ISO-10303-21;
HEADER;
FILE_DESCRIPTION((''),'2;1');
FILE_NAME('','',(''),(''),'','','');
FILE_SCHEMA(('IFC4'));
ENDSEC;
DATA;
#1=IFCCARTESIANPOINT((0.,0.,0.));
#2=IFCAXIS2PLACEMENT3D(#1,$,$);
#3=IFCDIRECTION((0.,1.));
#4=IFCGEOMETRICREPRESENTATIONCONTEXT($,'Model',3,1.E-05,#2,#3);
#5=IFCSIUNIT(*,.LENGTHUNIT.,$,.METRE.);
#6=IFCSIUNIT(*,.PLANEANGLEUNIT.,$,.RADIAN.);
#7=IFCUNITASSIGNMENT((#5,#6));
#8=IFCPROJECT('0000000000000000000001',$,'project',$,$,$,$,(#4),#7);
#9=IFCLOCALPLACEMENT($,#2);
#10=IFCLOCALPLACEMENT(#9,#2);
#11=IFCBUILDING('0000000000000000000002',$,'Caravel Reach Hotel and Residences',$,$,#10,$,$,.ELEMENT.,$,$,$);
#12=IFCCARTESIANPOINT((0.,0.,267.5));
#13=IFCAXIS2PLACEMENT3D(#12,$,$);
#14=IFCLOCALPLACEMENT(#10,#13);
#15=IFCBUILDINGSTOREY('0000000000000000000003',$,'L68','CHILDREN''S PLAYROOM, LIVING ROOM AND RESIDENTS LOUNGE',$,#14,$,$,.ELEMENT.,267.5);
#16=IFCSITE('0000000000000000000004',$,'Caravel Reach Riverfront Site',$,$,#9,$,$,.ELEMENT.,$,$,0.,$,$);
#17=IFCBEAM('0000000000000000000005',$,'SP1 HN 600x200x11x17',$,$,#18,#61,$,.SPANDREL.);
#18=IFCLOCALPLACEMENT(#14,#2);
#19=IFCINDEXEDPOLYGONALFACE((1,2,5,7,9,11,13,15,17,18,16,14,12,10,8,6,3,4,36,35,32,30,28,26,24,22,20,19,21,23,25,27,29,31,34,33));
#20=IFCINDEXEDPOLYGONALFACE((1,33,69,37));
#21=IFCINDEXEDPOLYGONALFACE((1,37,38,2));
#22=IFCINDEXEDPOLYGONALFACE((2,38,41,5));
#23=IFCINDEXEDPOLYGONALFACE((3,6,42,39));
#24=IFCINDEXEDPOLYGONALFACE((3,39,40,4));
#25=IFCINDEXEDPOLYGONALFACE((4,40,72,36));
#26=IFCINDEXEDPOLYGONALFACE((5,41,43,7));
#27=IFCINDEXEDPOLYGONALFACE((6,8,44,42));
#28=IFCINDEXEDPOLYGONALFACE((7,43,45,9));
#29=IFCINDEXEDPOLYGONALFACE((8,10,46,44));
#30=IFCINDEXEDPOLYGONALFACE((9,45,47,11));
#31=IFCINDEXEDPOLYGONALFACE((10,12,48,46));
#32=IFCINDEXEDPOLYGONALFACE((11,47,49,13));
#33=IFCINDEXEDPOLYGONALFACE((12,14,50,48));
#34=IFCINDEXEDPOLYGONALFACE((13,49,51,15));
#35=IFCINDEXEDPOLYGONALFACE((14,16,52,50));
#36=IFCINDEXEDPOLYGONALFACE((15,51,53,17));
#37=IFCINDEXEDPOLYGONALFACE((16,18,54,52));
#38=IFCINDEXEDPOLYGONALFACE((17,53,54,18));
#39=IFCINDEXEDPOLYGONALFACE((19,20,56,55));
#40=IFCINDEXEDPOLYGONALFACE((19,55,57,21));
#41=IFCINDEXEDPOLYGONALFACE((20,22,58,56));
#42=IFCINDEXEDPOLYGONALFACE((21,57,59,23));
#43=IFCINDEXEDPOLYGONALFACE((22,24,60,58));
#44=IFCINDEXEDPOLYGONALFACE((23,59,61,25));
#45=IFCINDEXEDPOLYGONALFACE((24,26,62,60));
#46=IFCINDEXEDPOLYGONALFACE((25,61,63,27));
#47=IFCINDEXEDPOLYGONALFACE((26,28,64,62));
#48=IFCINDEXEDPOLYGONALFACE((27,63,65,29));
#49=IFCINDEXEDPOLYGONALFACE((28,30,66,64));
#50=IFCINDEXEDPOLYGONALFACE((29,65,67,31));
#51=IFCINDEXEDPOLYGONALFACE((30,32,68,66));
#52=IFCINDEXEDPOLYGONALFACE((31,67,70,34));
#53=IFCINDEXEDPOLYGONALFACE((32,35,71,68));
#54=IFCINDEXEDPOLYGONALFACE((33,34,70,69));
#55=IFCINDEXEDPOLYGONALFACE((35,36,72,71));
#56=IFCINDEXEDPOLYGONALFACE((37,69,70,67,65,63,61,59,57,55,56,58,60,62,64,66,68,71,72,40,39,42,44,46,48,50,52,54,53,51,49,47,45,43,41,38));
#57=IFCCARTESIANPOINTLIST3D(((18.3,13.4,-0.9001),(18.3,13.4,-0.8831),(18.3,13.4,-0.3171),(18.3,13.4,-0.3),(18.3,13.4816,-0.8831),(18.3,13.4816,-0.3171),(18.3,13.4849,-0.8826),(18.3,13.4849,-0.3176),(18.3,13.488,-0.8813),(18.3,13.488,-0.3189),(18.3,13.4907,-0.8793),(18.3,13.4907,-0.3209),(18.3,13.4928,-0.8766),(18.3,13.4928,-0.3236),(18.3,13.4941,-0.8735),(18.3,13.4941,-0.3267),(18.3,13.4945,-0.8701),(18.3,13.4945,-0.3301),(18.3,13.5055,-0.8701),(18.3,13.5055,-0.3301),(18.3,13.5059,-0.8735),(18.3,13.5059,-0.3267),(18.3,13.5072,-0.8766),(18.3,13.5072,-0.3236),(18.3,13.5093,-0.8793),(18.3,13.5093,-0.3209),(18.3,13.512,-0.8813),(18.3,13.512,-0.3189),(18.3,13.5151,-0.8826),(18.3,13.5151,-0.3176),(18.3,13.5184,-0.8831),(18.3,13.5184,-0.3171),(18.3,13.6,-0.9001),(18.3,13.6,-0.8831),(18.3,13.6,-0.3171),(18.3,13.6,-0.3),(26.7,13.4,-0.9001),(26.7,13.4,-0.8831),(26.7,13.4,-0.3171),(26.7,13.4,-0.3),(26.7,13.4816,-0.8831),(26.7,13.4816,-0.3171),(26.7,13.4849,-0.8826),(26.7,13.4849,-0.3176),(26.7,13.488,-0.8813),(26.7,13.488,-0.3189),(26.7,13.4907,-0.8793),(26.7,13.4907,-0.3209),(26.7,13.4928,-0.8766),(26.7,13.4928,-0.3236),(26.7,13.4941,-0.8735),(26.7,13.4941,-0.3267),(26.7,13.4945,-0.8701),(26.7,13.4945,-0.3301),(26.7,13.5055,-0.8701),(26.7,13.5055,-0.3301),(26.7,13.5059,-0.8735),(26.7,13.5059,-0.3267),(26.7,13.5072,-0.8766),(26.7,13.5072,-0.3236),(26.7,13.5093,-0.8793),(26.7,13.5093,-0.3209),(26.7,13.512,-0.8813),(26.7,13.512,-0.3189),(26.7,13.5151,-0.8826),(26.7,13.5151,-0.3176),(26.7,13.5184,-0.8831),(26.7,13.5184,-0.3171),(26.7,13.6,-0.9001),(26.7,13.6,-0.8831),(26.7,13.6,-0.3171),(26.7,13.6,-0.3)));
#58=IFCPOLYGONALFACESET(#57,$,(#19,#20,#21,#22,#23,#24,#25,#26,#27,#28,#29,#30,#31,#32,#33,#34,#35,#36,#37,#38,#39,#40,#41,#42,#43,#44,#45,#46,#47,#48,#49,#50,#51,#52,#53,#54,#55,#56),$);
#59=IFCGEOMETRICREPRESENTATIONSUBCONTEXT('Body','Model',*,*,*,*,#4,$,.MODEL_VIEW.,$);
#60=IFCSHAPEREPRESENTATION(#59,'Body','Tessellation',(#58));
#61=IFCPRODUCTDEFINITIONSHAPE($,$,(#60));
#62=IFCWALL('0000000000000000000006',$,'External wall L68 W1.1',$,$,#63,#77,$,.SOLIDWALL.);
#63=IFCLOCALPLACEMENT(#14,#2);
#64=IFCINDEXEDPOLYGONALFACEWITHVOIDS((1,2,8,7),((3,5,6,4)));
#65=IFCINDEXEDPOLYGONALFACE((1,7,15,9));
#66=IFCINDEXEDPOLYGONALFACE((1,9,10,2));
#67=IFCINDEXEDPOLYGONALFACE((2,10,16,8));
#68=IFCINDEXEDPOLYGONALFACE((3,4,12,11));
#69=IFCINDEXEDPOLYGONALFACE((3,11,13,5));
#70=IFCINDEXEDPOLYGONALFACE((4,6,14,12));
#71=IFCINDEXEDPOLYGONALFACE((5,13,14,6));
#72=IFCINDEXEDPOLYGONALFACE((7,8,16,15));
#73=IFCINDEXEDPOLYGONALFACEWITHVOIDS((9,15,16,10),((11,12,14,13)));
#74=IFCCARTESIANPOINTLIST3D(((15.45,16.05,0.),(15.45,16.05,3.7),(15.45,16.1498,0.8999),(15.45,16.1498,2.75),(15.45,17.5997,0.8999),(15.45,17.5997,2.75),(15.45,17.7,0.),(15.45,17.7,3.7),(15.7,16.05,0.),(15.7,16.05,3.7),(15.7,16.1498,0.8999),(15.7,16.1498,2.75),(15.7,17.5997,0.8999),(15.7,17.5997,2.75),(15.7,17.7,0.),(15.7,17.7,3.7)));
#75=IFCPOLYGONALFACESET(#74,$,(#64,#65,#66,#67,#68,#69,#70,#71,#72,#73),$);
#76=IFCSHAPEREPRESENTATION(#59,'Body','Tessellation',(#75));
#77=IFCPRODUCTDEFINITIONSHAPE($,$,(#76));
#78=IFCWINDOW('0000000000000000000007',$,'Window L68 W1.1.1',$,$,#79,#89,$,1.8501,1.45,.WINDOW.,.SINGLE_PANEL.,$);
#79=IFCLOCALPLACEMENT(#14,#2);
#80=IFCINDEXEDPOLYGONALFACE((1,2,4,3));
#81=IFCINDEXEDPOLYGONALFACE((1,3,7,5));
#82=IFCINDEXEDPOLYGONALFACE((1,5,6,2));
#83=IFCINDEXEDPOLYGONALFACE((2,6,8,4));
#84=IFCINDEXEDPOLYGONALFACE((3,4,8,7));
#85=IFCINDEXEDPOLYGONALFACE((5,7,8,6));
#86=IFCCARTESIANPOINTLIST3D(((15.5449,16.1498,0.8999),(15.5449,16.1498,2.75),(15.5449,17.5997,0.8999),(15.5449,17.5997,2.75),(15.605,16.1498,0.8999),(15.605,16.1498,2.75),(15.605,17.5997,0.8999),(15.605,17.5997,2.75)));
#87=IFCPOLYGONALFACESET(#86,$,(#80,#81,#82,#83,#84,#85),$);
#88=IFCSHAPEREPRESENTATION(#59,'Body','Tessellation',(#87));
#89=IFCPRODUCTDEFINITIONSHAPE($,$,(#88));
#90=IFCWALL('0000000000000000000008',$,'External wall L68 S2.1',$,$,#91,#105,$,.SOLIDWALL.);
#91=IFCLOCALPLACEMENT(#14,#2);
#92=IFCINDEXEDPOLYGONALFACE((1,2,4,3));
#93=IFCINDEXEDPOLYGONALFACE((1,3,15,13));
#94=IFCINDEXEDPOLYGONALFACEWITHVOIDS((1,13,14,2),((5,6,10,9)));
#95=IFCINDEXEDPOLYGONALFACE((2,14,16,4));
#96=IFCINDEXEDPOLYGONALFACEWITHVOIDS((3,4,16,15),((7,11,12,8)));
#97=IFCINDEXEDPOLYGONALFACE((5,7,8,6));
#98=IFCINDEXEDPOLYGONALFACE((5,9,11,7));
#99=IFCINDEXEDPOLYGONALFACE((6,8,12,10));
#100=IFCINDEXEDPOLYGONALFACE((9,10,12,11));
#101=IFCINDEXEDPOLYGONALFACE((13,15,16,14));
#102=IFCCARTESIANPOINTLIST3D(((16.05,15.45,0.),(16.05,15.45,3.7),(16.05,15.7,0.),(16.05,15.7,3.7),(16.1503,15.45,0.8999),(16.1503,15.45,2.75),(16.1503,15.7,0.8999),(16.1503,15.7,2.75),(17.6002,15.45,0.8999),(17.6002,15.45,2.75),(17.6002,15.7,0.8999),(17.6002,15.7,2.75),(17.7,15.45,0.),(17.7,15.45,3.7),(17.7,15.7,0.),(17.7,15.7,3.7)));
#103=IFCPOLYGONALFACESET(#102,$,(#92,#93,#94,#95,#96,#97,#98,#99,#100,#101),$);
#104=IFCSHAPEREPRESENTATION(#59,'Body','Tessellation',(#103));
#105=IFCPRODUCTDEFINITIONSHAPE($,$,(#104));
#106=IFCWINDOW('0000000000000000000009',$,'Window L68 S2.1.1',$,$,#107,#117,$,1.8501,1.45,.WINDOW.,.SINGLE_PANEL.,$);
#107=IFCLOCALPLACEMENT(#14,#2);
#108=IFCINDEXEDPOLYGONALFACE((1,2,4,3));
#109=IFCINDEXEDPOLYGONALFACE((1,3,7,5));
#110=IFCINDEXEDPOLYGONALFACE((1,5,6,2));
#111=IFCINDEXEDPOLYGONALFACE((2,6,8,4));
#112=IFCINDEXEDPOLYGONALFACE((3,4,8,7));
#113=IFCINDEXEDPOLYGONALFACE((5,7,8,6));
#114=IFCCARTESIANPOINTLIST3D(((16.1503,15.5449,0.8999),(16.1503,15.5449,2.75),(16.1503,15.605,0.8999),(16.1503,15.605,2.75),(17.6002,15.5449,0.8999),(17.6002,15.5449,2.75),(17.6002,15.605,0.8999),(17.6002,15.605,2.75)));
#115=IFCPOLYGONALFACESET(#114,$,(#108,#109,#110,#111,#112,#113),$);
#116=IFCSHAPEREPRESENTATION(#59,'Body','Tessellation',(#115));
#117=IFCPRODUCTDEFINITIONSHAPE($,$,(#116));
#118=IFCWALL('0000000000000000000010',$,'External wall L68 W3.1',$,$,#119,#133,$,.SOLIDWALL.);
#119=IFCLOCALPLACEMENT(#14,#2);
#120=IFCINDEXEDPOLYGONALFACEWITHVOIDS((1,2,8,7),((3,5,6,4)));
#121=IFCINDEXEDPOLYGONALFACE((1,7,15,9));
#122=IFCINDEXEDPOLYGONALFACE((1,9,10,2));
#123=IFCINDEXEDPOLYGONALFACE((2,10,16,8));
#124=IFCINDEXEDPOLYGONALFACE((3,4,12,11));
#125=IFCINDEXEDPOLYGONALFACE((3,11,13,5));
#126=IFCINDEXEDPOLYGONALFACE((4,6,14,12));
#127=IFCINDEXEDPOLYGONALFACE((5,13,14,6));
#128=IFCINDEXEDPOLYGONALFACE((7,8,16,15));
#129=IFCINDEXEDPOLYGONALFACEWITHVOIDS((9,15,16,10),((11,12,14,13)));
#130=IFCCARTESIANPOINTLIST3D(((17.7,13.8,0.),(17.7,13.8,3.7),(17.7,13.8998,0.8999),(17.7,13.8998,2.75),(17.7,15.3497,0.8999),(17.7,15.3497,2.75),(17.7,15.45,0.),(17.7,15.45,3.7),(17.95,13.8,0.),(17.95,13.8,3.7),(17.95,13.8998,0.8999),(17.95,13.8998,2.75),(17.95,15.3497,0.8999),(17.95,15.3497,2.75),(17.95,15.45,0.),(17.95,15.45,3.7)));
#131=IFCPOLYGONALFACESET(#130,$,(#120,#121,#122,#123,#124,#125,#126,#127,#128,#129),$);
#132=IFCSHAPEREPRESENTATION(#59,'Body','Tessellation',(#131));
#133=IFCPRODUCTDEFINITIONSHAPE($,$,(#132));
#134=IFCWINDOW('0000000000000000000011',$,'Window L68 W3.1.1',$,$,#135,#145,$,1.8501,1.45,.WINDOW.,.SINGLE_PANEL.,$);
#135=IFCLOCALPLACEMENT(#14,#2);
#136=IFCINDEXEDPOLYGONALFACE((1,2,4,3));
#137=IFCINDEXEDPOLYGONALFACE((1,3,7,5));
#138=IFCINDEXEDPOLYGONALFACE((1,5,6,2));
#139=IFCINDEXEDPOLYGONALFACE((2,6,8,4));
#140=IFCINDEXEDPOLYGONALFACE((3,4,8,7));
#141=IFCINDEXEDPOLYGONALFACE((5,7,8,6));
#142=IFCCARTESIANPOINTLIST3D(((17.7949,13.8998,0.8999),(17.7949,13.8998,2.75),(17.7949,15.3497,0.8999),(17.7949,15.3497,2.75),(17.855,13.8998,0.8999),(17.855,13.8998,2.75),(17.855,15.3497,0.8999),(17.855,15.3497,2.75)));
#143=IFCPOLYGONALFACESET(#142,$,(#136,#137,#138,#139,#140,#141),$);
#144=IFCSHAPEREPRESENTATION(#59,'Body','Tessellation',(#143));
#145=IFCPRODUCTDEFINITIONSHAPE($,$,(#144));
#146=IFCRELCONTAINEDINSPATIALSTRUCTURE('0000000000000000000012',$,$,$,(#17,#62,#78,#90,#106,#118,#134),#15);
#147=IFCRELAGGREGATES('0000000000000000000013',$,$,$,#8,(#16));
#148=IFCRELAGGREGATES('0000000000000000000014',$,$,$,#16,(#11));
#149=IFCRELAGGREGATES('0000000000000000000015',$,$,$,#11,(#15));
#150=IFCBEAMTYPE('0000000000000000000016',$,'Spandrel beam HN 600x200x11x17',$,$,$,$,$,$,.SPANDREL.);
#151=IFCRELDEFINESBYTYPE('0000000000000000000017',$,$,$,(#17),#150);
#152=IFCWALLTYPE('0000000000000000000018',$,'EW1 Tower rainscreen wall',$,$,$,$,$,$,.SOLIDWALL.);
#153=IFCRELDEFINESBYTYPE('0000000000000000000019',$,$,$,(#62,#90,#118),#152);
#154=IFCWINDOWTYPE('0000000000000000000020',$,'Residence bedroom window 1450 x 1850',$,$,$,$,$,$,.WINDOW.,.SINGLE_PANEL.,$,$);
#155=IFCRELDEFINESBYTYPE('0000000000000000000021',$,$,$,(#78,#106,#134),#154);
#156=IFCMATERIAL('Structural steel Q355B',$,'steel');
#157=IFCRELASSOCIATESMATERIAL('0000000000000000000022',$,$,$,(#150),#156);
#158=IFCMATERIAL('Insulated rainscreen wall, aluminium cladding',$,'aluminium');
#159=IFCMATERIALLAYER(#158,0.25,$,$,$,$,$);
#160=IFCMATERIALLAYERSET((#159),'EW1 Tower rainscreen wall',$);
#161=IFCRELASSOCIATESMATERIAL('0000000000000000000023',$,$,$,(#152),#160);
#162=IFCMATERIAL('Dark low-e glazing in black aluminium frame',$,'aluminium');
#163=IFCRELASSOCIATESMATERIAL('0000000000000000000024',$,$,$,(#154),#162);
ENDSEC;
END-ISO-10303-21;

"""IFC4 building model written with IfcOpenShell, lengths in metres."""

from ifc_helpers import new_model, si_unit, direction, frame, frame_2d, origin, origin_2d, place, context, subcontext, project, spatial, rectangle, i_section, extrude, material, layer, layer_set, material_profile, profile_set, type_object, element, fill, save


model = new_model("IFC4")

# Units and contexts
model_context = context("Model", 3, precision=1e-05, world=origin(), true_north=direction((0.0, 1.0)))
body_context = subcontext(model_context, "Body", "Model", "MODEL_VIEW")
ifc_project = project(units=[si_unit("LENGTHUNIT", "METRE"), si_unit("PLANEANGLEUNIT", "RADIAN")], contexts=[model_context])

# Site, building, storey
site_placement = place(None, origin())
site = spatial("IfcSite", under=ifc_project, at=site_placement, Name="Caravel Reach Riverfront Site", CompositionType="ELEMENT", RefElevation=0.0)
building_placement = place(site_placement, origin())
building = spatial("IfcBuilding", under=site, at=building_placement, Name="Caravel Reach Hotel and Residences", CompositionType="ELEMENT")
storey_placement = place(building_placement, frame((0.0, 0.0, 267.5)))
storey = spatial("IfcBuildingStorey", under=building, at=storey_placement, Name="L68", Description="CHILDREN'S PLAYROOM, LIVING ROOM AND RESIDENTS LOUNGE", CompositionType="ELEMENT", Elevation=267.5)

# Beam
ifc_material_1 = material(Name="Structural steel Q355B", Category="steel")
ifc_material_profile_1 = material_profile(ifc_material_1, i_section(OverallWidth=0.2, OverallDepth=0.6001, WebThickness=0.011, FlangeThickness=0.0171, FilletRadius=0.0129, at=origin_2d()), Name="HN 600x200x11x17")
ifc_profile_set_1 = profile_set([ifc_material_profile_1], Name="Structural steel Q355B")
beam_type = type_object("IfcBeamType", Name="Spandrel beam HN 600x200x11x17", PredefinedType="SPANDREL", material=ifc_profile_set_1)
beam_placement = place(storey_placement, frame((18.3, 13.5, -0.6001), z_axis=(1.0, 0.0, 0.0), x_axis=(0.0, 1.0, 0.0)))
element("IfcBeam", 1, at=beam_placement, inside=storey, type_object=beam_type, Name="SP1 HN 600x200x11x17", PredefinedType="SPANDREL", context=body_context, shape_type="SweptSolid", body=[
    extrude(i_section(OverallWidth=0.2, OverallDepth=0.6001, WebThickness=0.011, FlangeThickness=0.0171, FilletRadius=0.0129, at=origin_2d()), origin(), (0.0, 0.0, 1.0), 8.3999),
])

# Walls, openings, windows
ifc_material_2 = material(Name="Insulated rainscreen wall, aluminium cladding", Category="aluminium")
ifc_layer_1 = layer(ifc_material_2, 0.25)
ifc_layer_set_1 = layer_set([ifc_layer_1], Name="EW1 Tower rainscreen wall")
wall_type_1 = type_object("IfcWallType", Name="EW1 Tower rainscreen wall", PredefinedType="SOLIDWALL", material=ifc_layer_set_1)
wall_1_placement = place(storey_placement, frame((15.575, 17.7, 0.0), z_axis=(0.0, 0.0, 1.0), x_axis=(0.0, -1.0, 0.0)))
wall_1 = element("IfcWall", 2, at=wall_1_placement, inside=storey, type_object=wall_type_1, Name="External wall L68 W1.1", PredefinedType="SOLIDWALL", context=body_context, shape_type="SweptSolid", body=[
    extrude(rectangle(XDim=1.6499, YDim=0.25, at=frame_2d((0.825, 0.0))), origin(), (0.0, 0.0, 1.0), 3.7),
])
opening_1_placement = place(wall_1_placement, frame((0.1001, 0.0, 0.8999)))
opening_1 = element("IfcOpeningElement", 3, at=opening_1_placement, cuts=wall_1, PredefinedType="OPENING", context=body_context, shape_type="SweptSolid", body=[
    extrude(rectangle(XDim=1.45, YDim=1.8501, at=frame_2d((0.7251, 0.925))), frame((0.0, 0.135, 0.0), z_axis=(0.0, -1.0, 0.0), x_axis=(1.0, 0.0, 0.0)), (0.0, 0.0, 1.0), 0.27),
])
ifc_material_3 = material(Name="Dark low-e glazing in black aluminium frame", Category="aluminium")
window_type_1 = type_object("IfcWindowType", Name="Residence bedroom window 1450 x 1850", PartitioningType="SINGLE_PANEL", PredefinedType="WINDOW", material=ifc_material_3)
window_1_placement = place(opening_1_placement, origin())
window_1 = element("IfcWindow", 4, at=window_1_placement, inside=storey, type_object=window_type_1, Name="Window L68 W1.1.1", OverallHeight=1.8501, OverallWidth=1.45, PartitioningType="SINGLE_PANEL", PredefinedType="WINDOW", context=body_context, shape_type="SweptSolid", body=[
    extrude(rectangle(XDim=1.45, YDim=1.8501, at=frame_2d((0.7251, 0.925))), frame((0.0, 0.03, 0.0), z_axis=(0.0, -1.0, 0.0), x_axis=(1.0, 0.0, 0.0)), (0.0, 0.0, 1.0), 0.0601),
])
fill(opening_1, window_1)
wall_2_placement = place(storey_placement, frame((16.05, 15.575, 0.0), z_axis=(0.0, 0.0, 1.0), x_axis=(1.0, 0.0, 0.0)))
wall_2 = element("IfcWall", 5, at=wall_2_placement, inside=storey, type_object=wall_type_1, Name="External wall L68 S2.1", PredefinedType="SOLIDWALL", context=body_context, shape_type="SweptSolid", body=[
    extrude(rectangle(XDim=1.6499, YDim=0.25, at=frame_2d((0.825, 0.0))), origin(), (0.0, 0.0, 1.0), 3.7),
])
opening_2_placement = place(wall_2_placement, frame((0.1001, 0.0, 0.8999)))
opening_2 = element("IfcOpeningElement", 6, at=opening_2_placement, cuts=wall_2, PredefinedType="OPENING", context=body_context, shape_type="SweptSolid", body=[
    extrude(rectangle(XDim=1.45, YDim=1.8501, at=frame_2d((0.7251, 0.925))), frame((0.0, 0.135, 0.0), z_axis=(0.0, -1.0, 0.0), x_axis=(1.0, 0.0, 0.0)), (0.0, 0.0, 1.0), 0.27),
])
window_2_placement = place(opening_2_placement, origin())
window_2 = element("IfcWindow", 7, at=window_2_placement, inside=storey, type_object=window_type_1, Name="Window L68 S2.1.1", OverallHeight=1.8501, OverallWidth=1.45, PartitioningType="SINGLE_PANEL", PredefinedType="WINDOW", context=body_context, shape_type="SweptSolid", body=[
    extrude(rectangle(XDim=1.45, YDim=1.8501, at=frame_2d((0.7251, 0.925))), frame((0.0, 0.03, 0.0), z_axis=(0.0, -1.0, 0.0), x_axis=(1.0, 0.0, 0.0)), (0.0, 0.0, 1.0), 0.0601),
])
fill(opening_2, window_2)
wall_3_placement = place(storey_placement, frame((17.825, 15.45, 0.0), z_axis=(0.0, 0.0, 1.0), x_axis=(0.0, -1.0, 0.0)))
wall_3 = element("IfcWall", 8, at=wall_3_placement, inside=storey, type_object=wall_type_1, Name="External wall L68 W3.1", PredefinedType="SOLIDWALL", context=body_context, shape_type="SweptSolid", body=[
    extrude(rectangle(XDim=1.6499, YDim=0.25, at=frame_2d((0.825, 0.0))), origin(), (0.0, 0.0, 1.0), 3.7),
])
opening_3_placement = place(wall_3_placement, frame((0.1001, 0.0, 0.8999)))
opening_3 = element("IfcOpeningElement", 9, at=opening_3_placement, cuts=wall_3, PredefinedType="OPENING", context=body_context, shape_type="SweptSolid", body=[
    extrude(rectangle(XDim=1.45, YDim=1.8501, at=frame_2d((0.7251, 0.925))), frame((0.0, 0.135, 0.0), z_axis=(0.0, -1.0, 0.0), x_axis=(1.0, 0.0, 0.0)), (0.0, 0.0, 1.0), 0.27),
])
window_3_placement = place(opening_3_placement, origin())
window_3 = element("IfcWindow", 10, at=window_3_placement, inside=storey, type_object=window_type_1, Name="Window L68 W3.1.1", OverallHeight=1.8501, OverallWidth=1.45, PartitioningType="SINGLE_PANEL", PredefinedType="WINDOW", context=body_context, shape_type="SweptSolid", body=[
    extrude(rectangle(XDim=1.45, YDim=1.8501, at=frame_2d((0.7251, 0.925))), frame((0.0, 0.03, 0.0), z_axis=(0.0, -1.0, 0.0), x_axis=(1.0, 0.0, 0.0)), (0.0, 0.0, 1.0), 0.0601),
])
fill(opening_3, window_3)

save(model, "model.ifc")
